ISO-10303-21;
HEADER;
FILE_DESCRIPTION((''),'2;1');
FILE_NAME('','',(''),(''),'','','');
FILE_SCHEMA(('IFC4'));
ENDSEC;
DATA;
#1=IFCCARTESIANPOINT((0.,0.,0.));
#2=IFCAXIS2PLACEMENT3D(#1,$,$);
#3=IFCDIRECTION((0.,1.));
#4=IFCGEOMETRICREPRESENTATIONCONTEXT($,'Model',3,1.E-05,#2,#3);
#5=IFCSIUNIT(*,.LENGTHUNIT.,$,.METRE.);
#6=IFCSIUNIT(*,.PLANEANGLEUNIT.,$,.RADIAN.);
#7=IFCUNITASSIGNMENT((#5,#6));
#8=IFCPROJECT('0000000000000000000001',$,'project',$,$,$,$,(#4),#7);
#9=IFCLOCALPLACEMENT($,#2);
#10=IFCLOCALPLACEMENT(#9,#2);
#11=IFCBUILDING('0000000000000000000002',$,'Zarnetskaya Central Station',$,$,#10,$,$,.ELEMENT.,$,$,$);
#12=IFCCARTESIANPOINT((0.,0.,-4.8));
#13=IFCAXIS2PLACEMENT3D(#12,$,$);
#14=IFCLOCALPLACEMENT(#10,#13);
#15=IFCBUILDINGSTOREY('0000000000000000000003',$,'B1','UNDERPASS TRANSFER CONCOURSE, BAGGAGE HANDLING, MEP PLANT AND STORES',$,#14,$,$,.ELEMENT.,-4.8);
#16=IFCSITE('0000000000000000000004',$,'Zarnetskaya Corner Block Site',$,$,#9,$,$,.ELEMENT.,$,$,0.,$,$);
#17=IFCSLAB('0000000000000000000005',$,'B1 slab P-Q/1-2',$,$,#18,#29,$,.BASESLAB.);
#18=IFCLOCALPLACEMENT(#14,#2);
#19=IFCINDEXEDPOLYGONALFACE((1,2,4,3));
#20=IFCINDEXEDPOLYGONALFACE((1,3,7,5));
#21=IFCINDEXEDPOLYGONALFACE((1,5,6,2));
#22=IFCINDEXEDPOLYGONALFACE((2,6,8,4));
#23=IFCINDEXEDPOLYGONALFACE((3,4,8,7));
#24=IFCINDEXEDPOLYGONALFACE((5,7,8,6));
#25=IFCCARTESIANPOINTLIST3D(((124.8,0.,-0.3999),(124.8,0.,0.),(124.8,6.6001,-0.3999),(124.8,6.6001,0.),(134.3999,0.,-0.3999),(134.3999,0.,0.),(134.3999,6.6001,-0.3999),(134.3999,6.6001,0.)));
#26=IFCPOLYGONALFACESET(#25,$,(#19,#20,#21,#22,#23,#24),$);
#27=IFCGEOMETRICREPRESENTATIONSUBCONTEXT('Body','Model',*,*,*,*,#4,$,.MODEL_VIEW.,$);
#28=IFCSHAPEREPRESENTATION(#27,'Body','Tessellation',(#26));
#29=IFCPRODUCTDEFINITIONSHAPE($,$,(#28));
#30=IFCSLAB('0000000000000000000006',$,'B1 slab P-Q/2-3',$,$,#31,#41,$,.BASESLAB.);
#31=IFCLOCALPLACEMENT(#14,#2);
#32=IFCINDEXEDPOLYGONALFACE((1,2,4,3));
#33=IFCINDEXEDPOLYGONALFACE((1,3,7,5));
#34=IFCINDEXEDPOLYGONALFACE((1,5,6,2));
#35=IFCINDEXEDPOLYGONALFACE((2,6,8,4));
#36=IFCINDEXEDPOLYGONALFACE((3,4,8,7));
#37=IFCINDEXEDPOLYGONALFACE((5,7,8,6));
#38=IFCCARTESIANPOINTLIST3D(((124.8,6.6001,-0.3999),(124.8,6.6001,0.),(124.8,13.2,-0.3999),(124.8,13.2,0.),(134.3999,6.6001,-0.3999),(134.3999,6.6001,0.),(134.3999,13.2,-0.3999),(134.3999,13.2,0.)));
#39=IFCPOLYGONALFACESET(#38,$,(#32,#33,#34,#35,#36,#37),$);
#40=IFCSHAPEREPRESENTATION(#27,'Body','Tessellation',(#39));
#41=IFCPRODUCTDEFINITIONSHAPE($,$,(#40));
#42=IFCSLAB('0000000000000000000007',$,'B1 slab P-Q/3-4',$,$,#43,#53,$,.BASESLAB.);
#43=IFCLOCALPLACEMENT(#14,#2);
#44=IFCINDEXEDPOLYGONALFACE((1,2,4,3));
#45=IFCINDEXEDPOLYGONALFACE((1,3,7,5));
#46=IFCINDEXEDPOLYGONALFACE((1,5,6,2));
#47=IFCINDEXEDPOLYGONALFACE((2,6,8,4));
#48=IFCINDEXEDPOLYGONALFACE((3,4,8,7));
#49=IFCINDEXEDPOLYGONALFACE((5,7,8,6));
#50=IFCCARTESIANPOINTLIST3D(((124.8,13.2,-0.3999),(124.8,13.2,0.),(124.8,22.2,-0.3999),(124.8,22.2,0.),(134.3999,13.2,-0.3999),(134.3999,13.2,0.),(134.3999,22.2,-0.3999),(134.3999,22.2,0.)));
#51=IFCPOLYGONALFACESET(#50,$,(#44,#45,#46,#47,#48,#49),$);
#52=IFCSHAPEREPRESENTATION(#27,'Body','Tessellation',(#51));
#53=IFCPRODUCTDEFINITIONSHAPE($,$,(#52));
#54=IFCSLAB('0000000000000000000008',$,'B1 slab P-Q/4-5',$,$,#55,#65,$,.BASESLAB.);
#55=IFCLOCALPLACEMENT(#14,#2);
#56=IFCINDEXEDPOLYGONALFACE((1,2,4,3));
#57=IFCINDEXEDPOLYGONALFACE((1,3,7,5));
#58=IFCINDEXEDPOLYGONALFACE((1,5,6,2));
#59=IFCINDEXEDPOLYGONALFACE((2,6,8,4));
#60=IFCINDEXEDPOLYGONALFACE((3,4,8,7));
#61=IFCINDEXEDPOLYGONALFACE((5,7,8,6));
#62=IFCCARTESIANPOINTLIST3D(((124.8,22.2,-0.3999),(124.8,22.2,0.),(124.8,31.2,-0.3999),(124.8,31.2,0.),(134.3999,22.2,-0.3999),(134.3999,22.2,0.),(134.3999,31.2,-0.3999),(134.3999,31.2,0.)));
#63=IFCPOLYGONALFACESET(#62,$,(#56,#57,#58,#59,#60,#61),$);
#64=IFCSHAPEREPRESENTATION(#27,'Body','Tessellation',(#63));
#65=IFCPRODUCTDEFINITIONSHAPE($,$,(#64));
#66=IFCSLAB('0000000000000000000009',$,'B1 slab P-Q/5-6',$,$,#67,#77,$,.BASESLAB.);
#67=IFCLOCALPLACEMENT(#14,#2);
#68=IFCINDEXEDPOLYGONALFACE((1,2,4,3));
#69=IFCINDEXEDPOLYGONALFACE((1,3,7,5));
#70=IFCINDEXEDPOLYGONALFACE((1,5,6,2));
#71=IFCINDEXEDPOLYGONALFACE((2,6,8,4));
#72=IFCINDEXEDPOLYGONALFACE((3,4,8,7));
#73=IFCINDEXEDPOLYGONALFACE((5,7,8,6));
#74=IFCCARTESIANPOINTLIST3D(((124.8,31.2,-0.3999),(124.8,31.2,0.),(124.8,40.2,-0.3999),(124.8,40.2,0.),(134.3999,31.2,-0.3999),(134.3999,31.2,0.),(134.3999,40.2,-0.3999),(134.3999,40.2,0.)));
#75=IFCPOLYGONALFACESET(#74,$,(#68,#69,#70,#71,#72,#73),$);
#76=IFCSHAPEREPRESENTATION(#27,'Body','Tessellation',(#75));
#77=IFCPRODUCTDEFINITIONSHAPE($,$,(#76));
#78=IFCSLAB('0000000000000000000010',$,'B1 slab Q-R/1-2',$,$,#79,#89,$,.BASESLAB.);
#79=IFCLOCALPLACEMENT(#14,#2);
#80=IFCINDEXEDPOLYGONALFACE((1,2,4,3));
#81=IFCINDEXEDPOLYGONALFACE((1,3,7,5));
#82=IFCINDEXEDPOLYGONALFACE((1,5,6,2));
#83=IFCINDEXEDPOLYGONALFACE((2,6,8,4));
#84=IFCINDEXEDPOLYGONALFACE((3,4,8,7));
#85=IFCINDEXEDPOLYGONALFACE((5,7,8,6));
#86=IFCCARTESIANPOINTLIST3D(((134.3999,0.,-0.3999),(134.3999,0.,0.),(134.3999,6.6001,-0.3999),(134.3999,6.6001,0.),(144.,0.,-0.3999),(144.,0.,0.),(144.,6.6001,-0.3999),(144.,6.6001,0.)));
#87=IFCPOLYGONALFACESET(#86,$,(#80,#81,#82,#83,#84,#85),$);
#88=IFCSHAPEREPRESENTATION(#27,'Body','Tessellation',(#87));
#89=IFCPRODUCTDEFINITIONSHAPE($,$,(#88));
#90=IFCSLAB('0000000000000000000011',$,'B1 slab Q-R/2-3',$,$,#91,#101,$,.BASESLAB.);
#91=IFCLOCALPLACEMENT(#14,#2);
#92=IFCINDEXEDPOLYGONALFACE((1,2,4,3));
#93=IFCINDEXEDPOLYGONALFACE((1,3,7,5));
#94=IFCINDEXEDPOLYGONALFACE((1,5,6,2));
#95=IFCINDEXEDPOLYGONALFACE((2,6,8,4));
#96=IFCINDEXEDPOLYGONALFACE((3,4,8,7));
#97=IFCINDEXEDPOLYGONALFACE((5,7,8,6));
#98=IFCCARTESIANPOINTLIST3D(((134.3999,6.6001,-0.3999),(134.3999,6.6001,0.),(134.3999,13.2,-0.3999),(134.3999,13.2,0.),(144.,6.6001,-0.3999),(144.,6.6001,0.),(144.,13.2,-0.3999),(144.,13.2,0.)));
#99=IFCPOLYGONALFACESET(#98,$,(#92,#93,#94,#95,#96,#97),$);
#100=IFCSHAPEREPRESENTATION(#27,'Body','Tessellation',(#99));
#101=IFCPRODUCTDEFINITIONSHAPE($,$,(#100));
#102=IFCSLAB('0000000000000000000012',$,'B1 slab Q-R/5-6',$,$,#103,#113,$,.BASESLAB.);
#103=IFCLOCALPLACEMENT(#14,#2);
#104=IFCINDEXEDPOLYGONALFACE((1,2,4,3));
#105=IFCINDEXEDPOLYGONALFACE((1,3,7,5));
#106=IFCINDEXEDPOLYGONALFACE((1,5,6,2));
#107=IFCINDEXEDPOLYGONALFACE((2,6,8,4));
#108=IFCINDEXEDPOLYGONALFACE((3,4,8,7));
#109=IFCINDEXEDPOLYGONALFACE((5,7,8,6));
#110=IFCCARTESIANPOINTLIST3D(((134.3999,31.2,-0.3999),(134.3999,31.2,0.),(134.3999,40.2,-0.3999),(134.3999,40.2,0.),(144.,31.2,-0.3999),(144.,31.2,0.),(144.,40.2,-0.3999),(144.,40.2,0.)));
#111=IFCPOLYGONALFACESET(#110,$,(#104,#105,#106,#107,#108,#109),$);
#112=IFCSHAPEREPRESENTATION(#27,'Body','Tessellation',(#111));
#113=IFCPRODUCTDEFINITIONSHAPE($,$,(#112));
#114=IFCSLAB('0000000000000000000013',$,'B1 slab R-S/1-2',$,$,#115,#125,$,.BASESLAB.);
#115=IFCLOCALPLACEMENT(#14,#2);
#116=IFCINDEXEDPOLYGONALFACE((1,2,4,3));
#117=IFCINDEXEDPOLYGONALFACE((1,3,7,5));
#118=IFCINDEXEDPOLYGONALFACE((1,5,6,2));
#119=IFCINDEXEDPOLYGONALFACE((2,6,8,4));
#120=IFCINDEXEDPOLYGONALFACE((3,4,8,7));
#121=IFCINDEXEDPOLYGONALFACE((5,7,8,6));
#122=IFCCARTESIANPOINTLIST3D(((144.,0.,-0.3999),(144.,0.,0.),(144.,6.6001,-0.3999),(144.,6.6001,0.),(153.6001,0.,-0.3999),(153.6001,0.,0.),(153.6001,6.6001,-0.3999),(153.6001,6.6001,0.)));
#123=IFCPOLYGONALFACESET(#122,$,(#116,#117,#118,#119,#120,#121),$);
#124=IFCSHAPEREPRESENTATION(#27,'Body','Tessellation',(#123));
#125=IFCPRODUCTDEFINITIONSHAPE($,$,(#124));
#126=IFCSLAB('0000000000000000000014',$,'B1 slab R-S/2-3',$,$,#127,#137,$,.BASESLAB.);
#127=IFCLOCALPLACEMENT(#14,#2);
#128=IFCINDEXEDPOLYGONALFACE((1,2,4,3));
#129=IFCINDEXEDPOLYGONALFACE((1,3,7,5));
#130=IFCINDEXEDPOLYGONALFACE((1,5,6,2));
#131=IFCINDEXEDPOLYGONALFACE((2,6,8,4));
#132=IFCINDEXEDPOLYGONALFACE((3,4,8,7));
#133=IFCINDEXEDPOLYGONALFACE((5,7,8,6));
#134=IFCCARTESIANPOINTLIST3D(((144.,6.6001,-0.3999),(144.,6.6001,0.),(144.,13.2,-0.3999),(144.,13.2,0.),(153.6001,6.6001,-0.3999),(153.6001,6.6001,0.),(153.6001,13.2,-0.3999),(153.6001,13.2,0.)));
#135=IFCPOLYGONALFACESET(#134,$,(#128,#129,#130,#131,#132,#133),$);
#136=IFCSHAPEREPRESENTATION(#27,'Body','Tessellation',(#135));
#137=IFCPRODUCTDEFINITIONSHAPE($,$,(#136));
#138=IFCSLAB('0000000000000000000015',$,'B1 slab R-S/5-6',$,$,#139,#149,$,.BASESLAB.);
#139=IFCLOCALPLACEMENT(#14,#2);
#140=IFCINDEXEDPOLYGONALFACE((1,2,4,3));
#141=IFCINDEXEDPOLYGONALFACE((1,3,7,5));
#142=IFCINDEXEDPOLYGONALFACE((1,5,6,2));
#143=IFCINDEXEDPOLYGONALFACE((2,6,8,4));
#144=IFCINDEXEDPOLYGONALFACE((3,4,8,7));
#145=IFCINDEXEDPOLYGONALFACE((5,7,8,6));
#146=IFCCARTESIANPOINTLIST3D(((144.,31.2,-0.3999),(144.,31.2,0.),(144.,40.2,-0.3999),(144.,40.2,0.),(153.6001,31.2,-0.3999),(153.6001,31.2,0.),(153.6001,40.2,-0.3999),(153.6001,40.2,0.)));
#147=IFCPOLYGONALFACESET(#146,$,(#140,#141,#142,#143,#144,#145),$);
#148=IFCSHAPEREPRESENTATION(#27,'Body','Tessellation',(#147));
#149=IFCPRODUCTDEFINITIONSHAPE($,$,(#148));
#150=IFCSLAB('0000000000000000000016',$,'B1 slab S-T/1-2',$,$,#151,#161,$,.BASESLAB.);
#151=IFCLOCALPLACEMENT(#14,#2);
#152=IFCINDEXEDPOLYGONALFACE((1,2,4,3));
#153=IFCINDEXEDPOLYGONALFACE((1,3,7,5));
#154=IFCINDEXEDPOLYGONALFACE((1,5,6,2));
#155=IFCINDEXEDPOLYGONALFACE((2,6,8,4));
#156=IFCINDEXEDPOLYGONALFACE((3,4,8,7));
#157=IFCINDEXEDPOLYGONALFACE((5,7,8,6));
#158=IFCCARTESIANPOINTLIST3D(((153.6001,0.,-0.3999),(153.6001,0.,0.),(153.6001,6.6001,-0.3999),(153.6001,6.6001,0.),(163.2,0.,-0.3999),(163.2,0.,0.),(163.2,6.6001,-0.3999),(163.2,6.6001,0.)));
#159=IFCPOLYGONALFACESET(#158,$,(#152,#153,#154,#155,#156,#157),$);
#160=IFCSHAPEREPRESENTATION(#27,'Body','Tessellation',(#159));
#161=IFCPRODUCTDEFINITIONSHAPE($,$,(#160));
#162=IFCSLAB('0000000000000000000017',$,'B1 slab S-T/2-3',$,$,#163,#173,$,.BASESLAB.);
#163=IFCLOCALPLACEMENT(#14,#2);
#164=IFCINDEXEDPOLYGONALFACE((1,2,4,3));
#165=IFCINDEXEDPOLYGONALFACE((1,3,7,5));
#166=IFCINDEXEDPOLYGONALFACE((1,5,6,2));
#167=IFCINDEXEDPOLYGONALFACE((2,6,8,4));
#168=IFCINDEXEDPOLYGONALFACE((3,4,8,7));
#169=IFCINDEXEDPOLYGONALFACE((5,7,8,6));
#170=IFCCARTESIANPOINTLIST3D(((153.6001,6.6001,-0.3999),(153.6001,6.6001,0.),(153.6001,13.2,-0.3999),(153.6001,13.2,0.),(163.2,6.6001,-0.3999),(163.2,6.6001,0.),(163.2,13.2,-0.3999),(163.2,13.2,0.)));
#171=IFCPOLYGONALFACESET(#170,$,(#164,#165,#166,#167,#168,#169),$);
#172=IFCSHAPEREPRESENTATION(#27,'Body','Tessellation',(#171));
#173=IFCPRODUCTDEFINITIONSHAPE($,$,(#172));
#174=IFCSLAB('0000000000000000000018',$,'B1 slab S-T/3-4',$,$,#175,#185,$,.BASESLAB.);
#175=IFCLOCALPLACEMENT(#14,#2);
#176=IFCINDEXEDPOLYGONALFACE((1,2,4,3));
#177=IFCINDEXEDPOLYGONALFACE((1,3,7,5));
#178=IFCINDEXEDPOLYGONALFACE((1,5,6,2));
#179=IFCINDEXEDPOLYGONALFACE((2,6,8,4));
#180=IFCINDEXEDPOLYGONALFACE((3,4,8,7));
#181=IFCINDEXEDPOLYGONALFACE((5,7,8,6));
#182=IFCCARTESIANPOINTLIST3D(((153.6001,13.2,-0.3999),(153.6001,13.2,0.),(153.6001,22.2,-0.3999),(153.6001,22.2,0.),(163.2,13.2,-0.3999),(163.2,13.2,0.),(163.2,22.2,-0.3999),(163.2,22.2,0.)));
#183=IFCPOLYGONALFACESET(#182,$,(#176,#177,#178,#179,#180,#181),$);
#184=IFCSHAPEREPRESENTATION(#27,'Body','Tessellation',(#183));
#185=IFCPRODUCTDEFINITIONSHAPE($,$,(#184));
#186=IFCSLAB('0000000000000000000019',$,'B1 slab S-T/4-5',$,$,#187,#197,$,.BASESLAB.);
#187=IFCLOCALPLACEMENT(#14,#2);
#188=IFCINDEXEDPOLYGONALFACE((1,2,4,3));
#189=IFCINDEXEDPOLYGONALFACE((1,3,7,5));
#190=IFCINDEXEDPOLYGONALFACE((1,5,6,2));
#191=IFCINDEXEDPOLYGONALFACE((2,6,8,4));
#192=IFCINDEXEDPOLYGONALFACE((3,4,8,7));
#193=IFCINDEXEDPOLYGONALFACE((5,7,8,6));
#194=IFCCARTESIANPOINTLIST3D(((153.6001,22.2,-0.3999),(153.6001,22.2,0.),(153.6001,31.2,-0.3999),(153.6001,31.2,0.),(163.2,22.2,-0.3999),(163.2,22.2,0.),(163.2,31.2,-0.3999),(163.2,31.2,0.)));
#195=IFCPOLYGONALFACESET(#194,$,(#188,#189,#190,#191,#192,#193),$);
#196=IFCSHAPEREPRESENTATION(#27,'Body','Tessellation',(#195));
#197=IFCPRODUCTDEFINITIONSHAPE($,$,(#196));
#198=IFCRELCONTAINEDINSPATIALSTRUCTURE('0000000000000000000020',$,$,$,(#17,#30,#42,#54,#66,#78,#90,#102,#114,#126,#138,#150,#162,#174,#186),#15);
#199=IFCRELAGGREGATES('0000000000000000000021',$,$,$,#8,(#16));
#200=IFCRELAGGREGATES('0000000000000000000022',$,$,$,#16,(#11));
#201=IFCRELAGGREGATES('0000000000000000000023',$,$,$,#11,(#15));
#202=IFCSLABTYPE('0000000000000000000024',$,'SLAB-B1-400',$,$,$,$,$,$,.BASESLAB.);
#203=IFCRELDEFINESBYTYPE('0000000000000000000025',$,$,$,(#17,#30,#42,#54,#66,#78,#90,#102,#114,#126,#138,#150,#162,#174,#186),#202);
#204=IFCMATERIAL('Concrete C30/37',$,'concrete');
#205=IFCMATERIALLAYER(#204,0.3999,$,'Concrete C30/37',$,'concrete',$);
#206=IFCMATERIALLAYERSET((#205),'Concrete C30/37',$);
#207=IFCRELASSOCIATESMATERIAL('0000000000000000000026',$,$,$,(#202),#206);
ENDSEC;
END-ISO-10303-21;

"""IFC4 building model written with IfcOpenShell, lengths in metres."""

from ifc_helpers import new_model, si_unit, direction, frame, origin, place, context, subcontext, project, spatial, polyline, outline, extrude, material, layer, layer_set, type_object, element, save


model = new_model("IFC4")

# Units and contexts
model_context = context("Model", 3, precision=1e-05, world=origin(), true_north=direction((0.0, 1.0)))
body_context = subcontext(model_context, "Body", "Model", "MODEL_VIEW")
ifc_project = project(units=[si_unit("LENGTHUNIT", "METRE"), si_unit("PLANEANGLEUNIT", "RADIAN")], contexts=[model_context])

# Site, building, storey
site_placement = place(None, origin())
site = spatial("IfcSite", under=ifc_project, at=site_placement, Name="Zarnetskaya Corner Block Site", CompositionType="ELEMENT", RefElevation=0.0)
building_placement = place(site_placement, origin())
building = spatial("IfcBuilding", under=site, at=building_placement, Name="Zarnetskaya Central Station", CompositionType="ELEMENT")
storey_placement = place(building_placement, frame((0.0, 0.0, -4.8)))
storey = spatial("IfcBuildingStorey", under=building, at=storey_placement, Name="B1", Description="UNDERPASS TRANSFER CONCOURSE, BAGGAGE HANDLING, MEP PLANT AND STORES", CompositionType="ELEMENT", Elevation=-4.8)

# Slabs
ifc_material = material(Name="Concrete C30/37", Category="concrete")
ifc_layer = layer(ifc_material, 0.3999, Name="Concrete C30/37", Category="concrete")
ifc_layer_set = layer_set([ifc_layer], Name="Concrete C30/37")
slab_type = type_object("IfcSlabType", Name="SLAB-B1-400", PredefinedType="BASESLAB", material=ifc_layer_set)
slab_1_placement = place(storey_placement, frame((0.0, 0.0, -0.3999)))
element("IfcSlab", 1, at=slab_1_placement, inside=storey, type_object=slab_type, Name="B1 slab P-Q/1-2", PredefinedType="BASESLAB", context=body_context, shape_type="SweptSolid", body=[
    extrude(outline(polyline([(124.8, 0.0), (134.3999, 0.0), (134.3999, 6.6001), (124.8, 6.6001), (124.8, 0.0)])), origin(), (0.0, 0.0, 1.0), 0.3999),
])
slab_2_placement = place(storey_placement, frame((0.0, 0.0, -0.3999)))
element("IfcSlab", 2, at=slab_2_placement, inside=storey, type_object=slab_type, Name="B1 slab P-Q/2-3", PredefinedType="BASESLAB", context=body_context, shape_type="SweptSolid", body=[
    extrude(outline(polyline([(124.8, 6.6001), (134.3999, 6.6001), (134.3999, 13.2), (124.8, 13.2), (124.8, 6.6001)])), origin(), (0.0, 0.0, 1.0), 0.3999),
])
slab_3_placement = place(storey_placement, frame((0.0, 0.0, -0.3999)))
element("IfcSlab", 3, at=slab_3_placement, inside=storey, type_object=slab_type, Name="B1 slab P-Q/3-4", PredefinedType="BASESLAB", context=body_context, shape_type="SweptSolid", body=[
    extrude(outline(polyline([(124.8, 13.2), (134.3999, 13.2), (134.3999, 22.2), (124.8, 22.2), (124.8, 13.2)])), origin(), (0.0, 0.0, 1.0), 0.3999),
])
slab_4_placement = place(storey_placement, frame((0.0, 0.0, -0.3999)))
element("IfcSlab", 4, at=slab_4_placement, inside=storey, type_object=slab_type, Name="B1 slab P-Q/4-5", PredefinedType="BASESLAB", context=body_context, shape_type="SweptSolid", body=[
    extrude(outline(polyline([(124.8, 22.2), (134.3999, 22.2), (134.3999, 31.2), (124.8, 31.2), (124.8, 22.2)])), origin(), (0.0, 0.0, 1.0), 0.3999),
])
slab_5_placement = place(storey_placement, frame((0.0, 0.0, -0.3999)))
element("IfcSlab", 5, at=slab_5_placement, inside=storey, type_object=slab_type, Name="B1 slab P-Q/5-6", PredefinedType="BASESLAB", context=body_context, shape_type="SweptSolid", body=[
    extrude(outline(polyline([(124.8, 31.2), (134.3999, 31.2), (134.3999, 40.2), (124.8, 40.2), (124.8, 31.2)])), origin(), (0.0, 0.0, 1.0), 0.3999),
])
slab_6_placement = place(storey_placement, frame((0.0, 0.0, -0.3999)))
element("IfcSlab", 6, at=slab_6_placement, inside=storey, type_object=slab_type, Name="B1 slab Q-R/1-2", PredefinedType="BASESLAB", context=body_context, shape_type="SweptSolid", body=[
    extrude(outline(polyline([(134.3999, 0.0), (144.0, 0.0), (144.0, 6.6001), (134.3999, 6.6001), (134.3999, 0.0)])), origin(), (0.0, 0.0, 1.0), 0.3999),
])
slab_7_placement = place(storey_placement, frame((0.0, 0.0, -0.3999)))
element("IfcSlab", 7, at=slab_7_placement, inside=storey, type_object=slab_type, Name="B1 slab Q-R/2-3", PredefinedType="BASESLAB", context=body_context, shape_type="SweptSolid", body=[
    extrude(outline(polyline([(134.3999, 6.6001), (144.0, 6.6001), (144.0, 13.2), (134.3999, 13.2), (134.3999, 6.6001)])), origin(), (0.0, 0.0, 1.0), 0.3999),
])
slab_8_placement = place(storey_placement, frame((0.0, 0.0, -0.3999)))
element("IfcSlab", 8, at=slab_8_placement, inside=storey, type_object=slab_type, Name="B1 slab Q-R/5-6", PredefinedType="BASESLAB", context=body_context, shape_type="SweptSolid", body=[
    extrude(outline(polyline([(134.3999, 31.2), (144.0, 31.2), (144.0, 40.2), (134.3999, 40.2), (134.3999, 31.2)])), origin(), (0.0, 0.0, 1.0), 0.3999),
])
slab_9_placement = place(storey_placement, frame((0.0, 0.0, -0.3999)))
element("IfcSlab", 9, at=slab_9_placement, inside=storey, type_object=slab_type, Name="B1 slab R-S/1-2", PredefinedType="BASESLAB", context=body_context, shape_type="SweptSolid", body=[
    extrude(outline(polyline([(144.0, 0.0), (153.6001, 0.0), (153.6001, 6.6001), (144.0, 6.6001), (144.0, 0.0)])), origin(), (0.0, 0.0, 1.0), 0.3999),
])
slab_10_placement = place(storey_placement, frame((0.0, 0.0, -0.3999)))
element("IfcSlab", 10, at=slab_10_placement, inside=storey, type_object=slab_type, Name="B1 slab R-S/2-3", PredefinedType="BASESLAB", context=body_context, shape_type="SweptSolid", body=[
    extrude(outline(polyline([(144.0, 6.6001), (153.6001, 6.6001), (153.6001, 13.2), (144.0, 13.2), (144.0, 6.6001)])), origin(), (0.0, 0.0, 1.0), 0.3999),
])
slab_11_placement = place(storey_placement, frame((0.0, 0.0, -0.3999)))
element("IfcSlab", 11, at=slab_11_placement, inside=storey, type_object=slab_type, Name="B1 slab R-S/5-6", PredefinedType="BASESLAB", context=body_context, shape_type="SweptSolid", body=[
    extrude(outline(polyline([(144.0, 31.2), (153.6001, 31.2), (153.6001, 40.2), (144.0, 40.2), (144.0, 31.2)])), origin(), (0.0, 0.0, 1.0), 0.3999),
])
slab_12_placement = place(storey_placement, frame((0.0, 0.0, -0.3999)))
element("IfcSlab", 12, at=slab_12_placement, inside=storey, type_object=slab_type, Name="B1 slab S-T/1-2", PredefinedType="BASESLAB", context=body_context, shape_type="SweptSolid", body=[
    extrude(outline(polyline([(153.6001, 0.0), (163.2, 0.0), (163.2, 6.6001), (153.6001, 6.6001), (153.6001, 0.0)])), origin(), (0.0, 0.0, 1.0), 0.3999),
])
slab_13_placement = place(storey_placement, frame((0.0, 0.0, -0.3999)))
element("IfcSlab", 13, at=slab_13_placement, inside=storey, type_object=slab_type, Name="B1 slab S-T/2-3", PredefinedType="BASESLAB", context=body_context, shape_type="SweptSolid", body=[
    extrude(outline(polyline([(153.6001, 6.6001), (163.2, 6.6001), (163.2, 13.2), (153.6001, 13.2), (153.6001, 6.6001)])), origin(), (0.0, 0.0, 1.0), 0.3999),
])
slab_14_placement = place(storey_placement, frame((0.0, 0.0, -0.3999)))
element("IfcSlab", 14, at=slab_14_placement, inside=storey, type_object=slab_type, Name="B1 slab S-T/3-4", PredefinedType="BASESLAB", context=body_context, shape_type="SweptSolid", body=[
    extrude(outline(polyline([(153.6001, 13.2), (163.2, 13.2), (163.2, 22.2), (153.6001, 22.2), (153.6001, 13.2)])), origin(), (0.0, 0.0, 1.0), 0.3999),
])
slab_15_placement = place(storey_placement, frame((0.0, 0.0, -0.3999)))
element("IfcSlab", 15, at=slab_15_placement, inside=storey, type_object=slab_type, Name="B1 slab S-T/4-5", PredefinedType="BASESLAB", context=body_context, shape_type="SweptSolid", body=[
    extrude(outline(polyline([(153.6001, 22.2), (163.2, 22.2), (163.2, 31.2), (153.6001, 31.2), (153.6001, 22.2)])), origin(), (0.0, 0.0, 1.0), 0.3999),
])

save(model, "model.ifc")
